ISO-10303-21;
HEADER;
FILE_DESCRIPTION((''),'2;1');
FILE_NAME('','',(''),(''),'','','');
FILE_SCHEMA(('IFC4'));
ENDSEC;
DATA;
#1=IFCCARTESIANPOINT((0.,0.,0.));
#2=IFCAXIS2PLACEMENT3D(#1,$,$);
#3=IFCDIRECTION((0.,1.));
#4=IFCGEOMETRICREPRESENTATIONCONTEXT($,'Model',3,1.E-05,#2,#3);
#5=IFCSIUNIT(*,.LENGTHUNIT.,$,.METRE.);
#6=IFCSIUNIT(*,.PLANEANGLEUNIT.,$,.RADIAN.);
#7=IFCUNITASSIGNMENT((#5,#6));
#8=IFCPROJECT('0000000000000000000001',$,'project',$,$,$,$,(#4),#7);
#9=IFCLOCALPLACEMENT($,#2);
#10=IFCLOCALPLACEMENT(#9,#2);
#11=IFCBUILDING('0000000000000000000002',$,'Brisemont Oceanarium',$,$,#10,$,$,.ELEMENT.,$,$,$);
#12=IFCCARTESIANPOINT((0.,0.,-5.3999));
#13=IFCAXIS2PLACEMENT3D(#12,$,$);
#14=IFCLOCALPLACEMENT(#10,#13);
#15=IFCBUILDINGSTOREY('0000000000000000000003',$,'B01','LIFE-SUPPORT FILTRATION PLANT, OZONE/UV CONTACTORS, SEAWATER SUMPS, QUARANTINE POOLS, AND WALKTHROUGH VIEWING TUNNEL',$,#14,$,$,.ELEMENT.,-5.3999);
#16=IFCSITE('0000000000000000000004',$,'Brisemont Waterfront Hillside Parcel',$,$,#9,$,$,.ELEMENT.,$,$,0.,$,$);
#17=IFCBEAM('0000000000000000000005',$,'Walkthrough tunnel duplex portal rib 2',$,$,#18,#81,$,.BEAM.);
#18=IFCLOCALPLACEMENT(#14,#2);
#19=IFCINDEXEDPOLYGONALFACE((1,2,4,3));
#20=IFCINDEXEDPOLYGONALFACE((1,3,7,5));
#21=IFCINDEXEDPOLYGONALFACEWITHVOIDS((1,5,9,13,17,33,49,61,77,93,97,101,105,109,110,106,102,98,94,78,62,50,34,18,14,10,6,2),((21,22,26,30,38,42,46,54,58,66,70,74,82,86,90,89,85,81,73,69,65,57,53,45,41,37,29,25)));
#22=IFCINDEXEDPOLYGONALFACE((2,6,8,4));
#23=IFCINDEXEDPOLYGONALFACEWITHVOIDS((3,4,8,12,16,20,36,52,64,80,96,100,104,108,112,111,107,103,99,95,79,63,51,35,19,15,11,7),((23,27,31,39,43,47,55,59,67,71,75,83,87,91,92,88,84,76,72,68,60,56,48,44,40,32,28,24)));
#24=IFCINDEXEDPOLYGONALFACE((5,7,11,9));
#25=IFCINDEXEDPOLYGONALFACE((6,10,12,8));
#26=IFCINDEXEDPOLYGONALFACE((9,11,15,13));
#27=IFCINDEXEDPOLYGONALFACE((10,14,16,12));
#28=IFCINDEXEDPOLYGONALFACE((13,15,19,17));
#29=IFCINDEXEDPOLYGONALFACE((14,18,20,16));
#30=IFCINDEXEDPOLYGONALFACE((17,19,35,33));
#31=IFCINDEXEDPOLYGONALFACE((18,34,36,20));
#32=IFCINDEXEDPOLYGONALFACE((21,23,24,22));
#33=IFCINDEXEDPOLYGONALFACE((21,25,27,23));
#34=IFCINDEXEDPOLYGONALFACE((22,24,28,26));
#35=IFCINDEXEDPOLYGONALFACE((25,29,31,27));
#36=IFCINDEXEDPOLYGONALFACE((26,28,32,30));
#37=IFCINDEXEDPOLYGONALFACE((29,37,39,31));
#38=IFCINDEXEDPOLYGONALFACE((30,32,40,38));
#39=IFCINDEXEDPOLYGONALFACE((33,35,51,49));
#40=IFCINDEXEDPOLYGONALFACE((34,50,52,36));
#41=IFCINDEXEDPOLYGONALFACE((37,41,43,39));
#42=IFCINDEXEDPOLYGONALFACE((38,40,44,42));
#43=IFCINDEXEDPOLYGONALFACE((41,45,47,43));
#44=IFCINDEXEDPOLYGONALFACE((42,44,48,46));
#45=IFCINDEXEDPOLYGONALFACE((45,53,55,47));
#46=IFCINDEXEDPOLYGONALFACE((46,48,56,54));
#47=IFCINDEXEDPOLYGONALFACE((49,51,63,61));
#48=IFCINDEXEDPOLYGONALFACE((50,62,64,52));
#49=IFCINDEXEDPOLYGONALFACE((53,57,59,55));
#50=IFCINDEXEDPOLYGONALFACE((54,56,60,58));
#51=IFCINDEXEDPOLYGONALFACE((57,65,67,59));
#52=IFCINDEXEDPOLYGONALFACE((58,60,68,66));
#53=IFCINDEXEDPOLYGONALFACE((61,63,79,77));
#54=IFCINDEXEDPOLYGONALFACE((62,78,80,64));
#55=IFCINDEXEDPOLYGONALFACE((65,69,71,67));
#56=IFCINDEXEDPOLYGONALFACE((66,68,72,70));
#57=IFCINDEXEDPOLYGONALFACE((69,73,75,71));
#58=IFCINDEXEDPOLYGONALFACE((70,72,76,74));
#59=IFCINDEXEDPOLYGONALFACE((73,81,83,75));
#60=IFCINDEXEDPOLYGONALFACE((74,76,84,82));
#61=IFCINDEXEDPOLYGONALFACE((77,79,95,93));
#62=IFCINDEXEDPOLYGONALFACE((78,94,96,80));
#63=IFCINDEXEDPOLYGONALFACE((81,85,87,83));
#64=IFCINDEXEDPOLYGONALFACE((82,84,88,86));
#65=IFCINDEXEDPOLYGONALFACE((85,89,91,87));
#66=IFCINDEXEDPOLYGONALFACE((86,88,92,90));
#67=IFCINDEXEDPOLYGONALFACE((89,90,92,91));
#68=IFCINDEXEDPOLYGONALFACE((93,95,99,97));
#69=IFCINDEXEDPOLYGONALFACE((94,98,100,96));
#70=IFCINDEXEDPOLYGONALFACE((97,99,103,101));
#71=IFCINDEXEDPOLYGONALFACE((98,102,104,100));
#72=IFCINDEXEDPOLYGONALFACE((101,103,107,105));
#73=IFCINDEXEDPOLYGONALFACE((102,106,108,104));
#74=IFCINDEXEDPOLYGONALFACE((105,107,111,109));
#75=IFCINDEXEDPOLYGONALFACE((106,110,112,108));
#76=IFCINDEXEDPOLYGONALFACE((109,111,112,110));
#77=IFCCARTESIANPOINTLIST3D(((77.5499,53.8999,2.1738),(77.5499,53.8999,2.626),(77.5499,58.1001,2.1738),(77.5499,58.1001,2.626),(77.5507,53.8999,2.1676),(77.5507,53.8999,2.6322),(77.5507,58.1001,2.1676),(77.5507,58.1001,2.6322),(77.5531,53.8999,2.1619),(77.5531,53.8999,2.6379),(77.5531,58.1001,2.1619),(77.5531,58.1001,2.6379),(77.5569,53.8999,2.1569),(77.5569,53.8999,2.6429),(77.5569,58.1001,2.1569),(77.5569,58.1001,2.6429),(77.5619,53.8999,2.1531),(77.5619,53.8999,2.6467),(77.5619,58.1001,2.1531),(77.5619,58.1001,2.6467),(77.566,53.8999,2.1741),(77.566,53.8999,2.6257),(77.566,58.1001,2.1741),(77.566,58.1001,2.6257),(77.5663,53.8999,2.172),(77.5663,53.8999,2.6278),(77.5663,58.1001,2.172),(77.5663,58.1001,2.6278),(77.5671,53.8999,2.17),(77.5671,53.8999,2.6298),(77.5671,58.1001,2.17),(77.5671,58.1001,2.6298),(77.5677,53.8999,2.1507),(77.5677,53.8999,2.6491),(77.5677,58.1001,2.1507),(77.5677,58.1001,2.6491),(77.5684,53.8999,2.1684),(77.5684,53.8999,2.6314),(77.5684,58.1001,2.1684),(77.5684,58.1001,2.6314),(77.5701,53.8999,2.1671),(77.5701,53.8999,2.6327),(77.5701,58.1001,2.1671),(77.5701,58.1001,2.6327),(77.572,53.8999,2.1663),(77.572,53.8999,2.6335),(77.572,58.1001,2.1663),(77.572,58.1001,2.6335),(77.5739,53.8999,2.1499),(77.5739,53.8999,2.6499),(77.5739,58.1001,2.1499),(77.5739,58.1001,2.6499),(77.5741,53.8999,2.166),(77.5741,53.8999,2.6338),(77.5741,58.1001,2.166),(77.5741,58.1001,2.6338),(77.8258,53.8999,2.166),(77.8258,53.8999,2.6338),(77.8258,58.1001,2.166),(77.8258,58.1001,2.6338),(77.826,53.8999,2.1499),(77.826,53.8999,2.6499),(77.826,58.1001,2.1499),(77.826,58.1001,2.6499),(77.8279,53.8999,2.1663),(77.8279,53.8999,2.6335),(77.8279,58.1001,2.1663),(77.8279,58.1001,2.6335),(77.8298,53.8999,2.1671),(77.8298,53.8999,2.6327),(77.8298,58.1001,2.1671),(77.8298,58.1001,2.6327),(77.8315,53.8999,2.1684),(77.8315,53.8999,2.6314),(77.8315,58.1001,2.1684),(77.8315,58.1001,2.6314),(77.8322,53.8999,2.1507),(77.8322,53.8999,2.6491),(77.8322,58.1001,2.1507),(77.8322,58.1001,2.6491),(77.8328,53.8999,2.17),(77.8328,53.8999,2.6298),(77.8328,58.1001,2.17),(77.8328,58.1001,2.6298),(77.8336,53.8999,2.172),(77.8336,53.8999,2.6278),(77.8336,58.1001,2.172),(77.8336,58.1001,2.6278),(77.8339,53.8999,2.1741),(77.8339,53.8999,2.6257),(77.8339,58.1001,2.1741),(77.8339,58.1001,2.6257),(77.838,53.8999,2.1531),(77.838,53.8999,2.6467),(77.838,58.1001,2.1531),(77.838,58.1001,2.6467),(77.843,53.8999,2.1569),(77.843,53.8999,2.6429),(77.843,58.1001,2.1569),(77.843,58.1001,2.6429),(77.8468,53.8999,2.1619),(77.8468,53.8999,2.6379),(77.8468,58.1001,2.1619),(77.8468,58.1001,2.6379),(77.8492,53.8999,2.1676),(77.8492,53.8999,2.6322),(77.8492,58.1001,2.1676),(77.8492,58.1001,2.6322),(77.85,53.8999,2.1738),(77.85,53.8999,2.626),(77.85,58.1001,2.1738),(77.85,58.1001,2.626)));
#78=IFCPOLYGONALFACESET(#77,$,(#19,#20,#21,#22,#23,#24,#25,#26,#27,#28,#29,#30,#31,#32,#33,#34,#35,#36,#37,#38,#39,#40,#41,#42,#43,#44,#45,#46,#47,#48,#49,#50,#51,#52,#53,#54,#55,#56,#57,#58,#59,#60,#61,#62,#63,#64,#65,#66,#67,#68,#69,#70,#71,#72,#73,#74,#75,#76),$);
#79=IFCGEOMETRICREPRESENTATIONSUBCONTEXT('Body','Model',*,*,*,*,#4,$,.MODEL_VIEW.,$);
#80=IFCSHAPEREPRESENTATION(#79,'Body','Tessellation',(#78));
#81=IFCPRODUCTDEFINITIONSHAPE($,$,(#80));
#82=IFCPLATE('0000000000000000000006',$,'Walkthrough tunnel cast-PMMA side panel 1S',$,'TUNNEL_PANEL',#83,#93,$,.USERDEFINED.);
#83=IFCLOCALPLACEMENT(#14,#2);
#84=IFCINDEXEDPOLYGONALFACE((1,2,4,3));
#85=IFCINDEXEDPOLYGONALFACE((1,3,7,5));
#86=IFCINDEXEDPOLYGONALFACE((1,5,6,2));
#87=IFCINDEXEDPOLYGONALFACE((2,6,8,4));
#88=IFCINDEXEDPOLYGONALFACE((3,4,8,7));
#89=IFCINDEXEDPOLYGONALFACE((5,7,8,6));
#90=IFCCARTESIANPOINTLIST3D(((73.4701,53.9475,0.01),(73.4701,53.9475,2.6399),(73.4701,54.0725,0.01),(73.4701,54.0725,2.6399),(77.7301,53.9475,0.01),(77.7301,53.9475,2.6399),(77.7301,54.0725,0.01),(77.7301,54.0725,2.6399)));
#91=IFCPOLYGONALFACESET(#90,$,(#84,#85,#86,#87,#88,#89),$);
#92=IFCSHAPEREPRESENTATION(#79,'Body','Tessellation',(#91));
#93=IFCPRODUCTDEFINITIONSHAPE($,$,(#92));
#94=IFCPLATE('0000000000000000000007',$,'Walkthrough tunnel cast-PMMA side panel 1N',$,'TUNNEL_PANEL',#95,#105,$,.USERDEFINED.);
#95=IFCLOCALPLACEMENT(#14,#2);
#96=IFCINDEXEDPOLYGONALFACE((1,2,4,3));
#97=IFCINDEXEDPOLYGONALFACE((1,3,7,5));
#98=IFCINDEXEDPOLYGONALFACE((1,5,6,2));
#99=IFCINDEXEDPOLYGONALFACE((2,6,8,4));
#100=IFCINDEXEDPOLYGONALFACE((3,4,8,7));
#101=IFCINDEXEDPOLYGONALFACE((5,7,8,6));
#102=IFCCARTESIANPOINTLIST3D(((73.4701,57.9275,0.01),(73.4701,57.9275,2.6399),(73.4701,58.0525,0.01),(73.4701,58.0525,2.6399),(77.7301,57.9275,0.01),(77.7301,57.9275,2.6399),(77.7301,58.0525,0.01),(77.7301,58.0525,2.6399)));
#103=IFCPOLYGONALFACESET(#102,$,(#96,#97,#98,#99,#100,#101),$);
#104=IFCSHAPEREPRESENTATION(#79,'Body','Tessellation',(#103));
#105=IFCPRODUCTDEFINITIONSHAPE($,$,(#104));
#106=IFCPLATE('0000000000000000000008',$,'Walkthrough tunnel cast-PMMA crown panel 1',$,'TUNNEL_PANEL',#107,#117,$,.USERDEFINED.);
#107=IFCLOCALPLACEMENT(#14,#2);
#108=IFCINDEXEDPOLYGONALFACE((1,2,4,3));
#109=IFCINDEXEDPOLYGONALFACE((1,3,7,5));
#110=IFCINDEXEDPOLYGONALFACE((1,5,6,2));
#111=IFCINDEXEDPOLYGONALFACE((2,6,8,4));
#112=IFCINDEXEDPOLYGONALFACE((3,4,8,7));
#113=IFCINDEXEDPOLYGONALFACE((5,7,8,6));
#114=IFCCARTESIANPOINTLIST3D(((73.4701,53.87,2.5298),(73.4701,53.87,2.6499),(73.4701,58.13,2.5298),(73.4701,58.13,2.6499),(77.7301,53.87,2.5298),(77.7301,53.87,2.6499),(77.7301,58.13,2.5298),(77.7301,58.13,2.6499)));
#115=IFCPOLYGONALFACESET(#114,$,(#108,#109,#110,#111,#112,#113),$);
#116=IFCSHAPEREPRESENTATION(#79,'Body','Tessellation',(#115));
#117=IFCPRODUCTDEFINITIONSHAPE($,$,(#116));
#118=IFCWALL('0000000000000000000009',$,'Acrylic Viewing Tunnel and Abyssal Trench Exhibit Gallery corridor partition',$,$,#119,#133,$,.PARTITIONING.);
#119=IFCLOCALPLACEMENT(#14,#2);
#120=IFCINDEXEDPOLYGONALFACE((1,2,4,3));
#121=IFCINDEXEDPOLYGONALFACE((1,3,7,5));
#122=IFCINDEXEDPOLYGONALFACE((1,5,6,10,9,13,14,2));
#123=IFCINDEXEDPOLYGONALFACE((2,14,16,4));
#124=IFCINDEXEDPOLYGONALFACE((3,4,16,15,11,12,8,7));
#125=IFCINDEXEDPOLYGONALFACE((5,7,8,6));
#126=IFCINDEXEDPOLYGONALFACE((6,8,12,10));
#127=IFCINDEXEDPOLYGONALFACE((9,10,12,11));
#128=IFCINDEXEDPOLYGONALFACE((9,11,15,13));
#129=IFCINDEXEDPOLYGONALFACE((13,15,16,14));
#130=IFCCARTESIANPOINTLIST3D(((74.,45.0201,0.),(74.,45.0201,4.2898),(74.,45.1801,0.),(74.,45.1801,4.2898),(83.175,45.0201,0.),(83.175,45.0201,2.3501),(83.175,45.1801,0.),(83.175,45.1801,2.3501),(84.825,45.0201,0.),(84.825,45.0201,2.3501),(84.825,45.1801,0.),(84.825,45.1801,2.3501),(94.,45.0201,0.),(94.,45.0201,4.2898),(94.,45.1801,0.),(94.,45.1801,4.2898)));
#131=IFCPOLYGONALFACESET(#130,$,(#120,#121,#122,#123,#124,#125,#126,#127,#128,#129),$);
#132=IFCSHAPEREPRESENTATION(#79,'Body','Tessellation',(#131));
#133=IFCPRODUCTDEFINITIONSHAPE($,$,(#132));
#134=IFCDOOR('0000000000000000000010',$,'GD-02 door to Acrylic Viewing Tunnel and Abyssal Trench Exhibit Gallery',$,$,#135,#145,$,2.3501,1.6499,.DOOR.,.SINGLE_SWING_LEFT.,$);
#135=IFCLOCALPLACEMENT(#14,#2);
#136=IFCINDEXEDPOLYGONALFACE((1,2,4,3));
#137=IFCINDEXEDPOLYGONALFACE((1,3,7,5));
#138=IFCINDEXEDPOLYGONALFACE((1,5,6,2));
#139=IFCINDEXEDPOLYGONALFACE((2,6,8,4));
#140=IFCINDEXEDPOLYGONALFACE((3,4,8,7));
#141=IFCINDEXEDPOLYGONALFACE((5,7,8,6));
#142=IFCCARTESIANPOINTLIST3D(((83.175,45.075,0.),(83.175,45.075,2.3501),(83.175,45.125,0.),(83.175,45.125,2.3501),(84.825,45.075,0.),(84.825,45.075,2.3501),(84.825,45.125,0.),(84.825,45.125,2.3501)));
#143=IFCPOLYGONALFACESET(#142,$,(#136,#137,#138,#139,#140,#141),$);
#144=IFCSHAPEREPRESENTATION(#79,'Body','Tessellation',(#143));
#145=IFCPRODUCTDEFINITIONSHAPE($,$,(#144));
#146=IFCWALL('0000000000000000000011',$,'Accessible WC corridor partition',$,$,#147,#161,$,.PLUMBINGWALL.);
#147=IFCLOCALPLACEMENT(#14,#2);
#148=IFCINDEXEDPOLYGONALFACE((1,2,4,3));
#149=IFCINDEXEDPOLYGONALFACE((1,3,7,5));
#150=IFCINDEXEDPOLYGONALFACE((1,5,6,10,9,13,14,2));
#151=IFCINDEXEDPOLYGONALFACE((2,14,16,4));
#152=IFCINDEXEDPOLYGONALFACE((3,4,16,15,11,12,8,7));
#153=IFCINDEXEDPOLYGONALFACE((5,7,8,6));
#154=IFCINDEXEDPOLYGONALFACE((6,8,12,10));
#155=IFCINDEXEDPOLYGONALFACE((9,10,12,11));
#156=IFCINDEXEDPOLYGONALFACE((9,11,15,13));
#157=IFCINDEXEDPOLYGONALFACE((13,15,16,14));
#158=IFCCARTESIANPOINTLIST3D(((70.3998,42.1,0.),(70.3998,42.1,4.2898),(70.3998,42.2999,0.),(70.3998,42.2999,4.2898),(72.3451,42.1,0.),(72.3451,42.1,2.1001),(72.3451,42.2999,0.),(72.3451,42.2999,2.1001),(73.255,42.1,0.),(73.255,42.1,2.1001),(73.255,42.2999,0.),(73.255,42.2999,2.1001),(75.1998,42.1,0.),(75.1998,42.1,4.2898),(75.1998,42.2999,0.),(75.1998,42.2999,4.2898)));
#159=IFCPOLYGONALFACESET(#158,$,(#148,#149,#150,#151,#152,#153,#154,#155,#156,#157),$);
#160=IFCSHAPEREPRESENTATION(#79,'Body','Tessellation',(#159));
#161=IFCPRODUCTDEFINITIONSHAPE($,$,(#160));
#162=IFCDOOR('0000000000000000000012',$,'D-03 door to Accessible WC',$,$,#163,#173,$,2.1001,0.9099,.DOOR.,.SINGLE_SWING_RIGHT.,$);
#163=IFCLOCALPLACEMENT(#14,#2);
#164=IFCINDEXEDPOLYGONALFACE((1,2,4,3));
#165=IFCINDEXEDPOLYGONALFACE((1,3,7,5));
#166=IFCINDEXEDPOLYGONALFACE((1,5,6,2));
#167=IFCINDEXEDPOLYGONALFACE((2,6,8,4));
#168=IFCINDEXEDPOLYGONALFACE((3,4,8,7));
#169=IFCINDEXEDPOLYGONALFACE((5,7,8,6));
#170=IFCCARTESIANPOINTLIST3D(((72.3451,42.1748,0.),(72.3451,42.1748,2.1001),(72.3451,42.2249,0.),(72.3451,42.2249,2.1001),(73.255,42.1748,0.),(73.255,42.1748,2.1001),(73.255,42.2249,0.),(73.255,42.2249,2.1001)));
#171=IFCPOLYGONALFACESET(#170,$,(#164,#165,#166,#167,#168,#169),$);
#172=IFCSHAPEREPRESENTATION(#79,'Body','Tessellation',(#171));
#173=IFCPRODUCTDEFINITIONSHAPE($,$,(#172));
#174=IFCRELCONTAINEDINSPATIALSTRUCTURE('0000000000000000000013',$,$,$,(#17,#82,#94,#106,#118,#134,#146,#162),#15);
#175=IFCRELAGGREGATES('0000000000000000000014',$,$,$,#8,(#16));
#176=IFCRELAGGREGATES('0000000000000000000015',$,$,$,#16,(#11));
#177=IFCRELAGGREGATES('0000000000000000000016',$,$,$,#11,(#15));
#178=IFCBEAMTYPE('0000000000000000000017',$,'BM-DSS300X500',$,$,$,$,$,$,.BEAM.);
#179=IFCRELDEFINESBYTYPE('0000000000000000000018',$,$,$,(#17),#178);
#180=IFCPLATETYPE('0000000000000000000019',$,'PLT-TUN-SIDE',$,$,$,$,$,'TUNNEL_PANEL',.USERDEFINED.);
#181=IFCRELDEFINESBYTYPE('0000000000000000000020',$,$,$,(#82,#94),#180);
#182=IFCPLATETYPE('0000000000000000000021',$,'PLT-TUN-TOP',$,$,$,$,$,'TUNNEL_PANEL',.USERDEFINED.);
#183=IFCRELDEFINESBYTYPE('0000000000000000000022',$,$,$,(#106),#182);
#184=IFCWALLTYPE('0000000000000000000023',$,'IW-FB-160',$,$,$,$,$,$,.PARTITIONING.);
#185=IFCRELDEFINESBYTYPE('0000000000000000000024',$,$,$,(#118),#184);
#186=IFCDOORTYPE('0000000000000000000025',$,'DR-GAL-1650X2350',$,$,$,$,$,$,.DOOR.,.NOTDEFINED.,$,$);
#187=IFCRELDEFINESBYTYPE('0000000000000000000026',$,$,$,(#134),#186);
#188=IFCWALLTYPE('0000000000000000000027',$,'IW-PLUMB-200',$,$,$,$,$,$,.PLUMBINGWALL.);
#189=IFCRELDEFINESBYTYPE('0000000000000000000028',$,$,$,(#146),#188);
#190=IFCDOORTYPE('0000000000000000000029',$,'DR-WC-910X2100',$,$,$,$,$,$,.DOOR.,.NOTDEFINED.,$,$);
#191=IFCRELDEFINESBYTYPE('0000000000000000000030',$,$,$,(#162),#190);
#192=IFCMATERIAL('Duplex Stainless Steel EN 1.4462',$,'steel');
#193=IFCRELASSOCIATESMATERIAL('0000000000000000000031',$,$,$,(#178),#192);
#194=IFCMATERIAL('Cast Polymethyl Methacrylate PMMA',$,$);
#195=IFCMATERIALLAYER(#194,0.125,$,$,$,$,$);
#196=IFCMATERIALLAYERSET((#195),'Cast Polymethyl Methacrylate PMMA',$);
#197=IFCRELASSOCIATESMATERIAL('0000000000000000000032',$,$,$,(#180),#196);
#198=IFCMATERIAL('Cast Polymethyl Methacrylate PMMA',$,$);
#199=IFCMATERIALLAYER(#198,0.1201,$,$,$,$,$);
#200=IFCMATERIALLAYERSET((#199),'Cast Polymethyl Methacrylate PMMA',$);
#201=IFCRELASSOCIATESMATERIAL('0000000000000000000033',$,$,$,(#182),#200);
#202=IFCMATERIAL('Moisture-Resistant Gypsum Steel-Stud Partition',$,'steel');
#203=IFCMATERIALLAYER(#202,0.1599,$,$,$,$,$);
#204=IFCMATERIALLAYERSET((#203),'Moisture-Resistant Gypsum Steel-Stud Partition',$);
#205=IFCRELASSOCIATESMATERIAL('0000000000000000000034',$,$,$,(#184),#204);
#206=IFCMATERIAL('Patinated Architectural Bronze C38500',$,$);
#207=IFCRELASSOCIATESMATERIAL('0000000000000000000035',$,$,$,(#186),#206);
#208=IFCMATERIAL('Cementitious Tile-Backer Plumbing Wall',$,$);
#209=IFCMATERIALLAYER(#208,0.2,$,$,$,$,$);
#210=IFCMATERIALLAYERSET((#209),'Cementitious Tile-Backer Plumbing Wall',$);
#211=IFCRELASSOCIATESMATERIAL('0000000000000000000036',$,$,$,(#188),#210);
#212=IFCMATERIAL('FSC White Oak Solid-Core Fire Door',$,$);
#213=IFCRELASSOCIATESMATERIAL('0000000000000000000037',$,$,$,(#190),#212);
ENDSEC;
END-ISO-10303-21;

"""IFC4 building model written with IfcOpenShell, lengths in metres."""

from ifc_helpers import new_model, si_unit, direction, frame, frame_2d, origin, origin_2d, place, context, subcontext, project, spatial, rectangle, hollow_rectangle, extrude, material, layer, layer_set, material_profile, profile_set, type_object, element, fill, save


model = new_model("IFC4")

# Units and contexts
model_context = context("Model", 3, precision=1e-05, world=origin(), true_north=direction((0.0, 1.0)))
body_context = subcontext(model_context, "Body", "Model", "MODEL_VIEW")
ifc_project = project(units=[si_unit("LENGTHUNIT", "METRE"), si_unit("PLANEANGLEUNIT", "RADIAN")], contexts=[model_context])

# Site, building, storey
site_placement = place(None, origin())
site = spatial("IfcSite", under=ifc_project, at=site_placement, Name="Brisemont Waterfront Hillside Parcel", CompositionType="ELEMENT", RefElevation=0.0)
building_placement = place(site_placement, origin())
building = spatial("IfcBuilding", under=site, at=building_placement, Name="Brisemont Oceanarium", CompositionType="ELEMENT")
storey_placement = place(building_placement, frame((0.0, 0.0, -5.3999)))
storey = spatial("IfcBuildingStorey", under=building, at=storey_placement, Name="B01", Description="LIFE-SUPPORT FILTRATION PLANT, OZONE/UV CONTACTORS, SEAWATER SUMPS, QUARANTINE POOLS, AND WALKTHROUGH VIEWING TUNNEL", CompositionType="ELEMENT", Elevation=-5.3999)

# Beam
ifc_material_1 = material(Name="Duplex Stainless Steel EN 1.4462", Category="steel")
ifc_material_profile_1 = material_profile(ifc_material_1, hollow_rectangle(XDim=0.3, YDim=0.5, WallThickness=0.0161, InnerFilletRadius=0.0081, OuterFilletRadius=0.0239, at=origin_2d()), Name="DSS-300X500")
ifc_profile_set_1 = profile_set([ifc_material_profile_1], Name="Duplex Stainless Steel EN 1.4462")
beam_type = type_object("IfcBeamType", Name="BM-DSS300X500", PredefinedType="BEAM", material=ifc_profile_set_1)
for number, where, z_axis, x_axis, name in (
    (1, (77.7, 53.8999, 2.3999), (0.0, 1.0, 0.0), (-1.0, 0.0, 0.0), "Walkthrough tunnel duplex portal rib 2"),
):
    element("IfcBeam", number, at=place(storey_placement, frame(where, z_axis=z_axis, x_axis=x_axis)), inside=storey, type_object=beam_type, Name=name, PredefinedType="BEAM", context=body_context, shape_type="SweptSolid", body=[
        extrude(hollow_rectangle(XDim=0.3, YDim=0.5, WallThickness=0.0161, InnerFilletRadius=0.0081, OuterFilletRadius=0.0239, at=origin_2d()), origin(), (0.0, 0.0, 1.0), 4.2002),
    ])

# Plates
ifc_material_2 = material(Name="Cast Polymethyl Methacrylate PMMA")
ifc_layer_1 = layer(ifc_material_2, 0.125)
ifc_layer_set_1 = layer_set([ifc_layer_1], Name="Cast Polymethyl Methacrylate PMMA")
plate_type_1 = type_object("IfcPlateType", Name="PLT-TUN-SIDE", ElementType="TUNNEL_PANEL", PredefinedType="USERDEFINED", material=ifc_layer_set_1)
for number, where, z_axis, x_axis, name in (
    (2, (75.6001, 54.01, 0.01), (0.0, 0.0, 1.0), (1.0, 0.0, 0.0), "Walkthrough tunnel cast-PMMA side panel 1S"),
    (3, (75.6001, 57.99, 0.01), (0.0, 0.0, 1.0), (1.0, 0.0, 0.0), "Walkthrough tunnel cast-PMMA side panel 1N"),
):
    element("IfcPlate", number, at=place(storey_placement, frame(where, z_axis=z_axis, x_axis=x_axis)), inside=storey, type_object=plate_type_1, Name=name, ObjectType="TUNNEL_PANEL", PredefinedType="USERDEFINED", context=body_context, shape_type="SweptSolid", body=[
        extrude(rectangle(XDim=4.26, YDim=0.125, at=origin_2d()), origin(), (0.0, 0.0, 1.0), 2.6299),
    ])
ifc_material_3 = material(Name="Cast Polymethyl Methacrylate PMMA")
ifc_layer_2 = layer(ifc_material_3, 0.1201)
ifc_layer_set_2 = layer_set([ifc_layer_2], Name="Cast Polymethyl Methacrylate PMMA")
plate_type_2 = type_object("IfcPlateType", Name="PLT-TUN-TOP", ElementType="TUNNEL_PANEL", PredefinedType="USERDEFINED", material=ifc_layer_set_2)
plate_placement = place(storey_placement, frame((75.6001, 56.0, 2.5298), z_axis=(0.0, 0.0, 1.0), x_axis=(1.0, 0.0, 0.0)))
element("IfcPlate", 4, at=plate_placement, inside=storey, type_object=plate_type_2, Name="Walkthrough tunnel cast-PMMA crown panel 1", ObjectType="TUNNEL_PANEL", PredefinedType="USERDEFINED", context=body_context, shape_type="SweptSolid", body=[
    extrude(rectangle(XDim=4.26, YDim=4.26, at=origin_2d()), origin(), (0.0, 0.0, 1.0), 0.1201),
])

# Walls, openings, doors
ifc_material_4 = material(Name="Moisture-Resistant Gypsum Steel-Stud Partition", Category="steel")
ifc_layer_3 = layer(ifc_material_4, 0.1599)
ifc_layer_set_3 = layer_set([ifc_layer_3], Name="Moisture-Resistant Gypsum Steel-Stud Partition")
wall_type_1 = type_object("IfcWallType", Name="IW-FB-160", PredefinedType="PARTITIONING", material=ifc_layer_set_3)
wall_1_placement = place(storey_placement, frame((74.0, 45.1001, 0.0), z_axis=(0.0, 0.0, 1.0), x_axis=(1.0, 0.0, 0.0)))
wall_1 = element("IfcWall", 5, at=wall_1_placement, inside=storey, type_object=wall_type_1, Name="Acrylic Viewing Tunnel and Abyssal Trench Exhibit Gallery corridor partition", PredefinedType="PARTITIONING", context=body_context, shape_type="SweptSolid", body=[
    extrude(rectangle(XDim=20.0, YDim=0.1599, at=frame_2d((10.0, 0.0))), origin(), (0.0, 0.0, 1.0), 4.2898),
])
opening_1_placement = place(wall_1_placement, frame((9.175, 0.0, 0.0)))
opening_1 = element("IfcOpeningElement", 6, at=opening_1_placement, cuts=wall_1, PredefinedType="OPENING", context=body_context, shape_type="SweptSolid", body=[
    extrude(rectangle(XDim=1.6499, YDim=2.3501, at=frame_2d((0.825, 1.175))), frame((0.0, 0.0898, 0.0), z_axis=(0.0, -1.0, 0.0), x_axis=(1.0, 0.0, 0.0)), (0.0, 0.0, 1.0), 0.1799),
])
ifc_material_5 = material(Name="Patinated Architectural Bronze C38500")
door_type_1 = type_object("IfcDoorType", Name="DR-GAL-1650X2350", OperationType="NOTDEFINED", PredefinedType="DOOR", material=ifc_material_5)
door_1_placement = place(opening_1_placement, origin())
door_1 = element("IfcDoor", 7, at=door_1_placement, inside=storey, type_object=door_type_1, Name="GD-02 door to Acrylic Viewing Tunnel and Abyssal Trench Exhibit Gallery", OperationType="SINGLE_SWING_LEFT", OverallHeight=2.3501, OverallWidth=1.6499, PredefinedType="DOOR", context=body_context, shape_type="SweptSolid", body=[
    extrude(rectangle(XDim=1.6499, YDim=2.3501, at=frame_2d((0.825, 1.175))), frame((0.0, 0.0249, 0.0), z_axis=(0.0, -1.0, 0.0), x_axis=(1.0, 0.0, 0.0)), (0.0, 0.0, 1.0), 0.05),
])
fill(opening_1, door_1)
ifc_material_6 = material(Name="Cementitious Tile-Backer Plumbing Wall")
ifc_layer_4 = layer(ifc_material_6, 0.2)
ifc_layer_set_4 = layer_set([ifc_layer_4], Name="Cementitious Tile-Backer Plumbing Wall")
wall_type_2 = type_object("IfcWallType", Name="IW-PLUMB-200", PredefinedType="PLUMBINGWALL", material=ifc_layer_set_4)
wall_2_placement = place(storey_placement, frame((70.3999, 42.2, 0.0), z_axis=(0.0, 0.0, 1.0), x_axis=(1.0, 0.0, 0.0)))
wall_2 = element("IfcWall", 8, at=wall_2_placement, inside=storey, type_object=wall_type_2, Name="Accessible WC corridor partition", PredefinedType="PLUMBINGWALL", context=body_context, shape_type="SweptSolid", body=[
    extrude(rectangle(XDim=4.8, YDim=0.2, at=frame_2d((2.3999, 0.0))), origin(), (0.0, 0.0, 1.0), 4.2898),
])
opening_2_placement = place(wall_2_placement, frame((1.9451, 0.0, 0.0)))
opening_2 = element("IfcOpeningElement", 9, at=opening_2_placement, cuts=wall_2, PredefinedType="OPENING", context=body_context, shape_type="SweptSolid", body=[
    extrude(rectangle(XDim=0.9099, YDim=2.1001, at=frame_2d((0.4551, 1.05))), frame((0.0, 0.1099, 0.0), z_axis=(0.0, -1.0, 0.0), x_axis=(1.0, 0.0, 0.0)), (0.0, 0.0, 1.0), 0.22),
])
ifc_material_7 = material(Name="FSC White Oak Solid-Core Fire Door")
door_type_2 = type_object("IfcDoorType", Name="DR-WC-910X2100", OperationType="NOTDEFINED", PredefinedType="DOOR", material=ifc_material_7)
door_2_placement = place(opening_2_placement, origin())
door_2 = element("IfcDoor", 10, at=door_2_placement, inside=storey, type_object=door_type_2, Name="D-03 door to Accessible WC", OperationType="SINGLE_SWING_RIGHT", OverallHeight=2.1001, OverallWidth=0.9099, PredefinedType="DOOR", context=body_context, shape_type="SweptSolid", body=[
    extrude(rectangle(XDim=0.9099, YDim=2.1001, at=frame_2d((0.4551, 1.05))), frame((0.0, 0.0249, 0.0), z_axis=(0.0, -1.0, 0.0), x_axis=(1.0, 0.0, 0.0)), (0.0, 0.0, 1.0), 0.05),
])
fill(opening_2, door_2)

save(model, "model.ifc")
